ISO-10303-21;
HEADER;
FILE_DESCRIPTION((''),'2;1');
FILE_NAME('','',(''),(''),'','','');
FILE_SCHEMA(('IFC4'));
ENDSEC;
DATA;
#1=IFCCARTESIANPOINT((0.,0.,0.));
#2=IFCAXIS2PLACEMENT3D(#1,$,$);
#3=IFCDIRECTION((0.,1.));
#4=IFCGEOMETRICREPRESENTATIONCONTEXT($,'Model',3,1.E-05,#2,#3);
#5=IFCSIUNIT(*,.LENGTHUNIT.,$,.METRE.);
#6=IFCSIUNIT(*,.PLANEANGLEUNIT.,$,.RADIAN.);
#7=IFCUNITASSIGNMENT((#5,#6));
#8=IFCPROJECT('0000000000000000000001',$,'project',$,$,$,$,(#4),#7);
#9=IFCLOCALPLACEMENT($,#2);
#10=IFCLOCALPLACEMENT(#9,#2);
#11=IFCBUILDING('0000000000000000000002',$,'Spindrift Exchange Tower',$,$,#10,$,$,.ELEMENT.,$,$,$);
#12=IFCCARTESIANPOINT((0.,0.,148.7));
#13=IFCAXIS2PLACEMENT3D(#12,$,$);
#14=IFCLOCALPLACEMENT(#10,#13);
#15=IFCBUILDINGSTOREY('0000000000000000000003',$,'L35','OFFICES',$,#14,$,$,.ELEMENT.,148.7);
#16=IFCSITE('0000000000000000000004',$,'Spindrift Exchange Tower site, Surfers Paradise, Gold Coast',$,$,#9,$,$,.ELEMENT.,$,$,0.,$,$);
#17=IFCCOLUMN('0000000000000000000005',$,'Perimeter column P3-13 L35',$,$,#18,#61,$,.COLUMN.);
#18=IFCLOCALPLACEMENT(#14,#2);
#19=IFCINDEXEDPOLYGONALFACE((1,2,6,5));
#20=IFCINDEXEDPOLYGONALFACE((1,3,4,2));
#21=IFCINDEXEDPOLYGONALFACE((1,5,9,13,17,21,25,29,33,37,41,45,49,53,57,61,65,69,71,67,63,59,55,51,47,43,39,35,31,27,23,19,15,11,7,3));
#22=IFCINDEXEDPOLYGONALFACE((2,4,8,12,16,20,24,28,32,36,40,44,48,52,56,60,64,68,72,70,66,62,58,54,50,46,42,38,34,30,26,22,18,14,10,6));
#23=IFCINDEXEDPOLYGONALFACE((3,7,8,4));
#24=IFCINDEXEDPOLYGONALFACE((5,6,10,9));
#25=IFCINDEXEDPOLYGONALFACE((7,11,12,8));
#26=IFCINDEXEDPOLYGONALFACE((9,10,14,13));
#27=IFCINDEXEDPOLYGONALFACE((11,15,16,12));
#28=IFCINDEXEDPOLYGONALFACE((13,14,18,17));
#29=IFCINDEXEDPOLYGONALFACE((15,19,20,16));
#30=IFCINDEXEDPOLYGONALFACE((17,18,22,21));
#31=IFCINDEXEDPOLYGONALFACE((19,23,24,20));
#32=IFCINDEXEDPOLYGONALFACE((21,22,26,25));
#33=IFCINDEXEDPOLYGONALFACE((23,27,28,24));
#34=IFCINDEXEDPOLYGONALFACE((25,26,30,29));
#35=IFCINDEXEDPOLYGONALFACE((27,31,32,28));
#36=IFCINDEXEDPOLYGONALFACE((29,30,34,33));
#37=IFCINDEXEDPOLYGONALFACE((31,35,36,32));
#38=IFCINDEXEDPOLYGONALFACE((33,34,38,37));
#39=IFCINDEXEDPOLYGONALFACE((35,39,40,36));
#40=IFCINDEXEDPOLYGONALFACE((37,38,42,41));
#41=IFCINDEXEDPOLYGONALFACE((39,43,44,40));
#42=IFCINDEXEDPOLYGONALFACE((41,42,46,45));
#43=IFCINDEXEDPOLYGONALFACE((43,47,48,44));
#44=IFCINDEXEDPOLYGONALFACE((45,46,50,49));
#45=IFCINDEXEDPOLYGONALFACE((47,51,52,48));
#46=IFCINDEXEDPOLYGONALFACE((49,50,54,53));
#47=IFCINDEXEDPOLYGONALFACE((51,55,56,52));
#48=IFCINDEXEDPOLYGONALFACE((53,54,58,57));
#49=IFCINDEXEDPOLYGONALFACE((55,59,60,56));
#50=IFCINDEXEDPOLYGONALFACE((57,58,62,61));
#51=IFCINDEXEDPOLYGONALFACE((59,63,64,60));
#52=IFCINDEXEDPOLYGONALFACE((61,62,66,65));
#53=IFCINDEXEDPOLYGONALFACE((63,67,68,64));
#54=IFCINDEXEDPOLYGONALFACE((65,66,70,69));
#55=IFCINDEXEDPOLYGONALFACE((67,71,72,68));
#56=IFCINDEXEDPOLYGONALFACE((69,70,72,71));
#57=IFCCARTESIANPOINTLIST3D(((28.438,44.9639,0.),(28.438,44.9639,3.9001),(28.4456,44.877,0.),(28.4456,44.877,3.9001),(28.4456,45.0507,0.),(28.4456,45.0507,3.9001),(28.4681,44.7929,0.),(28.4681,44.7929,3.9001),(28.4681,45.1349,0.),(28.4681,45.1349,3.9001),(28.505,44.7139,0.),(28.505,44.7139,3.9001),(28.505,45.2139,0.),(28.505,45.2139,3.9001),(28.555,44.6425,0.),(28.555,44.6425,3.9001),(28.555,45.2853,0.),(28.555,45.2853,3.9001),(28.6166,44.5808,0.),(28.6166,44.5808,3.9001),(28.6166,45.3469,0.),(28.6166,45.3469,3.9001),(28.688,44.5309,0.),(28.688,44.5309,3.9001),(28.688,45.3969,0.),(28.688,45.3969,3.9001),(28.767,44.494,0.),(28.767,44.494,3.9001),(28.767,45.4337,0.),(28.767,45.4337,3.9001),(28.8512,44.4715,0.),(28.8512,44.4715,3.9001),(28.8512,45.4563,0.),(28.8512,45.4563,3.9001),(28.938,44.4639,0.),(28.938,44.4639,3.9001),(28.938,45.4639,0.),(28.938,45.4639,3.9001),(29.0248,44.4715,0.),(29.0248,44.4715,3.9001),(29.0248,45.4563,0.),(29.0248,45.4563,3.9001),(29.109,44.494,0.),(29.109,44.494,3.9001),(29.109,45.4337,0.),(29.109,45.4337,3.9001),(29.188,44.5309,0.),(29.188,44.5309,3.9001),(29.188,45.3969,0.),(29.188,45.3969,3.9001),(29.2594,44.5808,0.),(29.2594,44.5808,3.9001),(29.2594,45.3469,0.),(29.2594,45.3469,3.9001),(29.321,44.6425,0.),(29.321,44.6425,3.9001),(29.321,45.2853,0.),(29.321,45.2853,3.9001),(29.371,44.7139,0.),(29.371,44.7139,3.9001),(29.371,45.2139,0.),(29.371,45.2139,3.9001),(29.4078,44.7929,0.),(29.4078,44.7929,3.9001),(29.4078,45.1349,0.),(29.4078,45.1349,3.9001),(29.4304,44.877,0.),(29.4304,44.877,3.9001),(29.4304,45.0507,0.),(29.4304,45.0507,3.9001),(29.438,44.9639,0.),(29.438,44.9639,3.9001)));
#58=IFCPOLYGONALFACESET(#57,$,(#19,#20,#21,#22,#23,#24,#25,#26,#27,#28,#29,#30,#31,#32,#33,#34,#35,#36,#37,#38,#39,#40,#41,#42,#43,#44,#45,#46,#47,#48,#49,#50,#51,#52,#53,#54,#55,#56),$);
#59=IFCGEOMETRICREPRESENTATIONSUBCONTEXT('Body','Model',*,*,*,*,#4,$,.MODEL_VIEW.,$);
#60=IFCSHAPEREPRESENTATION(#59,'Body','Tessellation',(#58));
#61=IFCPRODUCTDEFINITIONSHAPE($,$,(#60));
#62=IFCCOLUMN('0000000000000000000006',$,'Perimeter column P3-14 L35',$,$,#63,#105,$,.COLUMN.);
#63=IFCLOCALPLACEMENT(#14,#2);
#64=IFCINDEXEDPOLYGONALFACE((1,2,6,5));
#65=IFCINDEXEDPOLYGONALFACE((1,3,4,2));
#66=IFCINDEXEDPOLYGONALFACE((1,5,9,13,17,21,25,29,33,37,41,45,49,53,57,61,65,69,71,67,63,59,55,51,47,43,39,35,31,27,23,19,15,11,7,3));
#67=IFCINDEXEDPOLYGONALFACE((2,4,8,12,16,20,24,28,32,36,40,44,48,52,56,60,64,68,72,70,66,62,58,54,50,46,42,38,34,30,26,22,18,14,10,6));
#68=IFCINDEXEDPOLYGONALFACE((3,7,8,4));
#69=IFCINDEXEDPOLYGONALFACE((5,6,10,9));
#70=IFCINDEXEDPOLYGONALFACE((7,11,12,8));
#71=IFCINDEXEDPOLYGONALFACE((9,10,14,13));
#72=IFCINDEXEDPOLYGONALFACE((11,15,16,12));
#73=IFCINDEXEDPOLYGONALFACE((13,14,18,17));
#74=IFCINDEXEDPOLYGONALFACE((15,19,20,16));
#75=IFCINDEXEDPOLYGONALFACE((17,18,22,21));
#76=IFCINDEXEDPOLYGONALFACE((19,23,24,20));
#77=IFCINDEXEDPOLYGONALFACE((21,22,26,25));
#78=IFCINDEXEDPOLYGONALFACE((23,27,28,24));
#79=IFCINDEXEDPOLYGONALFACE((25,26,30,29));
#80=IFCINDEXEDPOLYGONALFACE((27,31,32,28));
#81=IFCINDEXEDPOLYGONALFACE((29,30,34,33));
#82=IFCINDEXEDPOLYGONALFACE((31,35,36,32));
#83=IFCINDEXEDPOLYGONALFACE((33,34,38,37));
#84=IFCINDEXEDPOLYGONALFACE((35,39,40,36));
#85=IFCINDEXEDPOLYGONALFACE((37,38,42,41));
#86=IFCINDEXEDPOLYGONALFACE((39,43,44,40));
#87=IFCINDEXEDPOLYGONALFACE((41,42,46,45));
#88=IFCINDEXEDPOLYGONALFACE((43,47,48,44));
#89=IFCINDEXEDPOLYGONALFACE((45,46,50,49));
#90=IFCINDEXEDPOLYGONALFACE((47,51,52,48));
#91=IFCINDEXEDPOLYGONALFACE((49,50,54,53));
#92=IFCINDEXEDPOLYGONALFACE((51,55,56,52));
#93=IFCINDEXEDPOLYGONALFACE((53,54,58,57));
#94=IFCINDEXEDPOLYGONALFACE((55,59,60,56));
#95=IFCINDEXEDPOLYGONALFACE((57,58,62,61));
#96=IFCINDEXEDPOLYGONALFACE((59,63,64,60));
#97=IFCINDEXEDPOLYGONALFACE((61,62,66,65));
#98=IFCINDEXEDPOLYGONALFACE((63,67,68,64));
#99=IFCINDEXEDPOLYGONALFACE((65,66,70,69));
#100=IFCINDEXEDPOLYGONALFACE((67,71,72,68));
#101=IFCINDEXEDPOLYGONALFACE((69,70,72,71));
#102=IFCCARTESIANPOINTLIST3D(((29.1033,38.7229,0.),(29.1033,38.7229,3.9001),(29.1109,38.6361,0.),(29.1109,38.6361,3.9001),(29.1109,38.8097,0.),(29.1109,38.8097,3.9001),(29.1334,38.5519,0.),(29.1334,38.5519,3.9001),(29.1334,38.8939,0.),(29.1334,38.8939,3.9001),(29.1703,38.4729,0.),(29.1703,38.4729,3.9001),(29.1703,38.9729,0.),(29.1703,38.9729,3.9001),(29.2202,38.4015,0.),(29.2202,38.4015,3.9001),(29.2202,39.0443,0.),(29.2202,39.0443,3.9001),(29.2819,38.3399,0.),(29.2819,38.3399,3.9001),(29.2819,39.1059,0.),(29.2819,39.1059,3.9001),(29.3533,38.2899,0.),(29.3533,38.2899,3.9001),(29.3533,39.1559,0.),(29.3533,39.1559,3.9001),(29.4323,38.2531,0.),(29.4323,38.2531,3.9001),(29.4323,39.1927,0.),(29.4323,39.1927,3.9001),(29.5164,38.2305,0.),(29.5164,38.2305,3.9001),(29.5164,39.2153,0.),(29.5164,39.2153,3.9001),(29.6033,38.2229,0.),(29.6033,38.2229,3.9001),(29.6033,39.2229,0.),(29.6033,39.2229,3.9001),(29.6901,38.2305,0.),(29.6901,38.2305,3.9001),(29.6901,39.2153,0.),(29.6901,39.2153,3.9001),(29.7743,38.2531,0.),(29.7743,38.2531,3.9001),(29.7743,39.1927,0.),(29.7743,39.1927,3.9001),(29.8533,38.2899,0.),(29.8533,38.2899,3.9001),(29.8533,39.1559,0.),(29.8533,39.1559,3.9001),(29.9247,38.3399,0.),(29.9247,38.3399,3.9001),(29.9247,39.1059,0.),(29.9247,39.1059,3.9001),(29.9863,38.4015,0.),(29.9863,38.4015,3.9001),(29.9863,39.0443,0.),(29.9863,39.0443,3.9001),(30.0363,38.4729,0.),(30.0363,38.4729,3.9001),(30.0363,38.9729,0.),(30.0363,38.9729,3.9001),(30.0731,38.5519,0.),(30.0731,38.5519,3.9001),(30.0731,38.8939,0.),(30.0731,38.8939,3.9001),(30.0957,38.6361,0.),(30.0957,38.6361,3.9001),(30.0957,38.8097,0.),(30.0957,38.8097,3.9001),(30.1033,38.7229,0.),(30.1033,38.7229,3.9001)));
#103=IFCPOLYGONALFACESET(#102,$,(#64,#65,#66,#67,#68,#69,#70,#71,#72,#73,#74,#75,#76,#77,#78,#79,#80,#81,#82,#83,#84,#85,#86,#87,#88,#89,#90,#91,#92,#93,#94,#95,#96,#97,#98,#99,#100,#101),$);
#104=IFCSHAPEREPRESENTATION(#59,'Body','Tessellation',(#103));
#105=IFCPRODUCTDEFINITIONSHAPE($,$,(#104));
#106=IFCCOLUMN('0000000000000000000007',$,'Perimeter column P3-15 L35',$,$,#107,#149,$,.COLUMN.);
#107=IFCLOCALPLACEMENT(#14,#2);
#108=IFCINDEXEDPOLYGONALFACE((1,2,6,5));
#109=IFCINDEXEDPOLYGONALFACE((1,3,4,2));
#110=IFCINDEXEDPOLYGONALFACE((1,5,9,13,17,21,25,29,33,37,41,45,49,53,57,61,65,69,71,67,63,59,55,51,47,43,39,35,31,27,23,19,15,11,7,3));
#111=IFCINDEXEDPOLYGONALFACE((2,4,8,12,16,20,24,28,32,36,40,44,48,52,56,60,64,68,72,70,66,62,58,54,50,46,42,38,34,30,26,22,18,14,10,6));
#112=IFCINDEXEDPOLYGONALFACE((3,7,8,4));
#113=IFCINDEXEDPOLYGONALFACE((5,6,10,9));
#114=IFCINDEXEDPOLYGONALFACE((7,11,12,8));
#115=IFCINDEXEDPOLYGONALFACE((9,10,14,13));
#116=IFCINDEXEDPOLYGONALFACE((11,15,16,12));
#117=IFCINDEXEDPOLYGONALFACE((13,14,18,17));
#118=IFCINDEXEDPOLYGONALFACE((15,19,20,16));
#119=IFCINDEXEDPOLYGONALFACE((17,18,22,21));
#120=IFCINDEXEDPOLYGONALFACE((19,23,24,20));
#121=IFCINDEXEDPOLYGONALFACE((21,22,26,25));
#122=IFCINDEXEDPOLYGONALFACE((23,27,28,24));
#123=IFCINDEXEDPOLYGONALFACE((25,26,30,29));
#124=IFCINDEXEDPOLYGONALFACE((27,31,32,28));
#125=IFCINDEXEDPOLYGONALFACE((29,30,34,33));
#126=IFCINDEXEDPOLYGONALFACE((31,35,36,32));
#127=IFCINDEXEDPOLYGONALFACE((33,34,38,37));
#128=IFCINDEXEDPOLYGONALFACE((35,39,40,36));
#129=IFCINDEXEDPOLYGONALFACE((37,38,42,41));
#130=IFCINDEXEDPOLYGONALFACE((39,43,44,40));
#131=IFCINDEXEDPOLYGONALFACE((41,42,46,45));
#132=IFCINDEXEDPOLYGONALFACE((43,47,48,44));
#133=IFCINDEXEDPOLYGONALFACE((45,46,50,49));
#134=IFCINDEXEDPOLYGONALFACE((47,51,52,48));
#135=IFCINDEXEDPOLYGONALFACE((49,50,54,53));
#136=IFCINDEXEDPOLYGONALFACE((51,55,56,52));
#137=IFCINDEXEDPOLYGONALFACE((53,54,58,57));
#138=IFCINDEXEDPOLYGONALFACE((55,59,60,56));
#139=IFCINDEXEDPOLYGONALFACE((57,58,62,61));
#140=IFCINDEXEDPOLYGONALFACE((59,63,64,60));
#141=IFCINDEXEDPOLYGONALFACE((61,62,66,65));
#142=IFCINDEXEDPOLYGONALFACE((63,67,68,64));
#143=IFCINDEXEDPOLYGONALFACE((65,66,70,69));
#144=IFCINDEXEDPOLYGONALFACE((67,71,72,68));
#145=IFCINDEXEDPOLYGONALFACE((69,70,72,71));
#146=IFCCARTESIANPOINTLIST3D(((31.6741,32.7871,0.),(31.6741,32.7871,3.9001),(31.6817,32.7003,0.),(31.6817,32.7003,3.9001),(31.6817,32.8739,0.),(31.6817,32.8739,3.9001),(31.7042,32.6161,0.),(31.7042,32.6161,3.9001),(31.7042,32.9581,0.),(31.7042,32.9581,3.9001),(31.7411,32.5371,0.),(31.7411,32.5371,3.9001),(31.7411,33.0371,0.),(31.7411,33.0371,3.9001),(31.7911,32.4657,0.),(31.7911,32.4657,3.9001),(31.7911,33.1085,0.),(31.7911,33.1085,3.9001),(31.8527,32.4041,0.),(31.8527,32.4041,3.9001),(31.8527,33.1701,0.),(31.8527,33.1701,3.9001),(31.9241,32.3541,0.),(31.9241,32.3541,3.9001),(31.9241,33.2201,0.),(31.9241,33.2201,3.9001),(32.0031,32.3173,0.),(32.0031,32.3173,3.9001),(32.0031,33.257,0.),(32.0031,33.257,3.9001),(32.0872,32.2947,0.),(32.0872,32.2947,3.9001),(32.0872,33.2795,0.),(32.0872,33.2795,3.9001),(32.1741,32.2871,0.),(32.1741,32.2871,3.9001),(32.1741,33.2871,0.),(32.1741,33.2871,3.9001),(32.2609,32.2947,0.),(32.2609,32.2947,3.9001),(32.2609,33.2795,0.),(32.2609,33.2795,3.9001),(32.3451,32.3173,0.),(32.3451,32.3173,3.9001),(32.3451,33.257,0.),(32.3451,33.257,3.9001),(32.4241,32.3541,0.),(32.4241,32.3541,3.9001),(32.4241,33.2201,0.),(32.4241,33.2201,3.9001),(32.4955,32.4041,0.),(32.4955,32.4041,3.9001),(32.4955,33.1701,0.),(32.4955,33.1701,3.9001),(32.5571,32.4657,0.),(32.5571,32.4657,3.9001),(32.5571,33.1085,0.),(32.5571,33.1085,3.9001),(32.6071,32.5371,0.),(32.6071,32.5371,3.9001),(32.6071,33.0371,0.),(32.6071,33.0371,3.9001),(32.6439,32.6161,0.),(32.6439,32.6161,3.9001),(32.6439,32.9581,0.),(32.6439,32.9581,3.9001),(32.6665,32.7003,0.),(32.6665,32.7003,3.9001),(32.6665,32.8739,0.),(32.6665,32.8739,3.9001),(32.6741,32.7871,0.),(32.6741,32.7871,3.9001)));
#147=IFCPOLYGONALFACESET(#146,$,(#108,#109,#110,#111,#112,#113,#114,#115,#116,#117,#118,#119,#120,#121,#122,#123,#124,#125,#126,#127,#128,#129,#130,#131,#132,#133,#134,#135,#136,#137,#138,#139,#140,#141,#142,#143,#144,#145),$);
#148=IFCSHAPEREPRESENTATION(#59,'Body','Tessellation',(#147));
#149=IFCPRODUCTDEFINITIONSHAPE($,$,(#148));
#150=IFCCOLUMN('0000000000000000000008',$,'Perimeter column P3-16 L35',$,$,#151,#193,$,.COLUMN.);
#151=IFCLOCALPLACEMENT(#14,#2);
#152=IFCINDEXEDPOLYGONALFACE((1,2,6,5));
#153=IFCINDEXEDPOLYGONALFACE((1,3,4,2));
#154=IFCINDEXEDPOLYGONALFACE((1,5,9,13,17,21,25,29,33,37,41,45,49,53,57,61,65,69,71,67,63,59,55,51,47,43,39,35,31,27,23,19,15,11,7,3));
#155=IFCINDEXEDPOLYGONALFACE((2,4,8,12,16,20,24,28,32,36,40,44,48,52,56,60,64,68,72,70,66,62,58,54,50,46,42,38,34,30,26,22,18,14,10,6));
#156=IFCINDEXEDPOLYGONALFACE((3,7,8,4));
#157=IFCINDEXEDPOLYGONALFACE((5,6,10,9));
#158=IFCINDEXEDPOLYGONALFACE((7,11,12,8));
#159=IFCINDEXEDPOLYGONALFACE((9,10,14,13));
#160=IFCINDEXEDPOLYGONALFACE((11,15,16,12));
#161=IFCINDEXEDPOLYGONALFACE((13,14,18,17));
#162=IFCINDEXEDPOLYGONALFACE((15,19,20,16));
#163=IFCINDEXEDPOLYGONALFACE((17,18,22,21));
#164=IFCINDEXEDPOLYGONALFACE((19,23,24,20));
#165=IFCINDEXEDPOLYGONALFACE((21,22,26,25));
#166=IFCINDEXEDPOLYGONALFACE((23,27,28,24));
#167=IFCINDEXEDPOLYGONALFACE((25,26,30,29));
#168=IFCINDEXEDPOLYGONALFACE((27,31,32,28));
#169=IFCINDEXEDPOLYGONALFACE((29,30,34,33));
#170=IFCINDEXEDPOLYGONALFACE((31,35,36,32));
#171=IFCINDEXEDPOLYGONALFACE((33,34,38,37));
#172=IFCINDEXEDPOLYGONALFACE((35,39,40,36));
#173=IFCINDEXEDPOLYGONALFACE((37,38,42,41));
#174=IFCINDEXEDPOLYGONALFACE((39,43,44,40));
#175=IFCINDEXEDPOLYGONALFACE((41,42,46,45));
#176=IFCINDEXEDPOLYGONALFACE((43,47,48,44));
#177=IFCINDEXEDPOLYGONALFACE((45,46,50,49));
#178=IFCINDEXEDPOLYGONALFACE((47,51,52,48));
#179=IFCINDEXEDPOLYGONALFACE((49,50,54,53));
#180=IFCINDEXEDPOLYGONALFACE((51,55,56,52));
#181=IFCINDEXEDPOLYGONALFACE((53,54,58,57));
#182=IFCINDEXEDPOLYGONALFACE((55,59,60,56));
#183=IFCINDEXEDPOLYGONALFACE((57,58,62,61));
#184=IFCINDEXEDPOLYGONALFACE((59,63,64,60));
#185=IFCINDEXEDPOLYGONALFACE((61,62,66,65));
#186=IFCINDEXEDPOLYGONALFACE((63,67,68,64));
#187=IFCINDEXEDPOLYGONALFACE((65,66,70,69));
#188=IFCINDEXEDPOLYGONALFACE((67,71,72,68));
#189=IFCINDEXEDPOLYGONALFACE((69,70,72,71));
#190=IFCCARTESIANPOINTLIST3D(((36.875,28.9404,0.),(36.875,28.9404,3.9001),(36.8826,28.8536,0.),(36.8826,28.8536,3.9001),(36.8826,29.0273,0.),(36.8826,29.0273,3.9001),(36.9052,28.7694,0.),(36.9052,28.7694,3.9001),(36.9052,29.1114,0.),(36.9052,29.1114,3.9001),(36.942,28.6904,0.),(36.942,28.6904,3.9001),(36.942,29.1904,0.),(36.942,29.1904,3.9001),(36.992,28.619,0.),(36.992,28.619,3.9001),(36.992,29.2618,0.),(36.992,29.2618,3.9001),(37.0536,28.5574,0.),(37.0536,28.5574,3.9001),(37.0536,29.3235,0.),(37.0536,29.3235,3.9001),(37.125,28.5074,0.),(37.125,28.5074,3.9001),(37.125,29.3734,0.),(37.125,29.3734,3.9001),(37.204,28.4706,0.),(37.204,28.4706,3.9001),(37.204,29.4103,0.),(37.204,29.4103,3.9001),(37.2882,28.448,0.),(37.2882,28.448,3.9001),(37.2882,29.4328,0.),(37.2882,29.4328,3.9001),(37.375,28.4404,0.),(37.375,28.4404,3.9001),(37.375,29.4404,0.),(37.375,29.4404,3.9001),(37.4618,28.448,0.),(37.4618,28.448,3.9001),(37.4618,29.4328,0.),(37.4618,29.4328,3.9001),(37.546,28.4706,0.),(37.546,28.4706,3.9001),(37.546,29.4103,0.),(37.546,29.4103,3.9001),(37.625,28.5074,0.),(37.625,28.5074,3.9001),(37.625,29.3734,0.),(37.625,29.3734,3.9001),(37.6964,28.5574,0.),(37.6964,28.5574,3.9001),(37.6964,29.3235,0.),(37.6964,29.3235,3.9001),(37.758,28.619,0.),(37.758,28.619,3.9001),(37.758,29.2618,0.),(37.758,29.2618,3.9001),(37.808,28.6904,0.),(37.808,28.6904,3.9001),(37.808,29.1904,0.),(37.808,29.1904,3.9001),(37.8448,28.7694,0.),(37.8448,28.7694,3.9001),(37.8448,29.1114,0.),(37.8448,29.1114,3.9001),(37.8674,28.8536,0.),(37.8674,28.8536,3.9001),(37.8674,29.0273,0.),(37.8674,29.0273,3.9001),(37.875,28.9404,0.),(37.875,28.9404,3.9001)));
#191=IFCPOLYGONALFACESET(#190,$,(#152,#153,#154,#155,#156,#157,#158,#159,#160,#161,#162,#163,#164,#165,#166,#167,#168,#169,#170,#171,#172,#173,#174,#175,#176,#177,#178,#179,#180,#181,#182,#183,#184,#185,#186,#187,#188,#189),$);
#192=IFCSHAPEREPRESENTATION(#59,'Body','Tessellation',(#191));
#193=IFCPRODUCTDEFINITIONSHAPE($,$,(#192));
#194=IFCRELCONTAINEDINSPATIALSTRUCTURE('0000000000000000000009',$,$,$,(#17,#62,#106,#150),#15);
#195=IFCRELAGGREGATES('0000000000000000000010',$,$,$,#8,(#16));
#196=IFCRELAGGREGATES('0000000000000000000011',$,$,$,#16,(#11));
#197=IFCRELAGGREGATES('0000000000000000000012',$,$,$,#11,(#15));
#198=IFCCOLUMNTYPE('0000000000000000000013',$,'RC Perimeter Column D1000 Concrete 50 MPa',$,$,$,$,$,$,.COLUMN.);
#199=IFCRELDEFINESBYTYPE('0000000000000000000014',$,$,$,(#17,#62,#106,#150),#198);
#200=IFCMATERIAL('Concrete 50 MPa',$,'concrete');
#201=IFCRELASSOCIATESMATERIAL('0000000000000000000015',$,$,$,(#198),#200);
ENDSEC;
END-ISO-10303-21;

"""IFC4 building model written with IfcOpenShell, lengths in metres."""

from ifc_helpers import new_model, si_unit, direction, frame, origin, origin_2d, place, context, subcontext, project, spatial, circle, extrude, source, transform, mapped, material, material_profile, profile_set, type_object, element, save


model = new_model("IFC4")

# Units and contexts
model_context = context("Model", 3, precision=1e-05, world=origin(), true_north=direction((0.0, 1.0)))
body_context = subcontext(model_context, "Body", "Model", "MODEL_VIEW")
ifc_project = project(units=[si_unit("LENGTHUNIT", "METRE"), si_unit("PLANEANGLEUNIT", "RADIAN")], contexts=[model_context])

# Site, building, storey
site_placement = place(None, origin())
site = spatial("IfcSite", under=ifc_project, at=site_placement, Name="Spindrift Exchange Tower site, Surfers Paradise, Gold Coast", CompositionType="ELEMENT", RefElevation=0.0)
building_placement = place(site_placement, origin())
building = spatial("IfcBuilding", under=site, at=building_placement, Name="Spindrift Exchange Tower", CompositionType="ELEMENT")
storey_placement = place(building_placement, frame((0.0, 0.0, 148.7)))
storey = spatial("IfcBuildingStorey", under=building, at=storey_placement, Name="L35", Description="OFFICES", CompositionType="ELEMENT", Elevation=148.7)

# Columns
ifc_material_1 = material(Name="Concrete 50 MPa", Category="concrete")
ifc_material_profile_1 = material_profile(ifc_material_1, circle(Radius=0.5, at=origin_2d()), Name="RC D1000")
ifc_profile_set_1 = profile_set([ifc_material_profile_1], Name="Concrete 50 MPa")
column_type = type_object("IfcColumnType", Name="RC Perimeter Column D1000 Concrete 50 MPa", PredefinedType="COLUMN", material=ifc_profile_set_1)
shared_shape_1 = source(origin(), body_context, "Body", "SweptSolid", [
    extrude(circle(Radius=0.5, at=origin_2d()), origin(), (0.0, 0.0, 1.0), 3.9001),
])
for number, where, z_axis, x_axis, name in (
    (1, (28.938, 44.9639, 0.0), (0.0, 0.0, 1.0), (1.0, 0.0, 0.0), "Perimeter column P3-13 L35"),
    (2, (29.6033, 38.7229, 0.0), (0.0, 0.0, 1.0), (1.0, 0.0, 0.0), "Perimeter column P3-14 L35"),
    (3, (32.1741, 32.7871, 0.0), (0.0, 0.0, 1.0), (1.0, 0.0, 0.0), "Perimeter column P3-15 L35"),
    (4, (37.375, 28.9404, 0.0), (0.0, 0.0, 1.0), (1.0, 0.0, 0.0), "Perimeter column P3-16 L35"),
):
    element("IfcColumn", number, at=place(storey_placement, frame(where, z_axis=z_axis, x_axis=x_axis)), inside=storey, type_object=column_type, Name=name, PredefinedType="COLUMN", context=body_context, shape_type="MappedRepresentation", body=[
        mapped(shared_shape_1, transform((0.0, 0.0, 0.0), scale=1.0)),
    ])

save(model, "model.ifc")
